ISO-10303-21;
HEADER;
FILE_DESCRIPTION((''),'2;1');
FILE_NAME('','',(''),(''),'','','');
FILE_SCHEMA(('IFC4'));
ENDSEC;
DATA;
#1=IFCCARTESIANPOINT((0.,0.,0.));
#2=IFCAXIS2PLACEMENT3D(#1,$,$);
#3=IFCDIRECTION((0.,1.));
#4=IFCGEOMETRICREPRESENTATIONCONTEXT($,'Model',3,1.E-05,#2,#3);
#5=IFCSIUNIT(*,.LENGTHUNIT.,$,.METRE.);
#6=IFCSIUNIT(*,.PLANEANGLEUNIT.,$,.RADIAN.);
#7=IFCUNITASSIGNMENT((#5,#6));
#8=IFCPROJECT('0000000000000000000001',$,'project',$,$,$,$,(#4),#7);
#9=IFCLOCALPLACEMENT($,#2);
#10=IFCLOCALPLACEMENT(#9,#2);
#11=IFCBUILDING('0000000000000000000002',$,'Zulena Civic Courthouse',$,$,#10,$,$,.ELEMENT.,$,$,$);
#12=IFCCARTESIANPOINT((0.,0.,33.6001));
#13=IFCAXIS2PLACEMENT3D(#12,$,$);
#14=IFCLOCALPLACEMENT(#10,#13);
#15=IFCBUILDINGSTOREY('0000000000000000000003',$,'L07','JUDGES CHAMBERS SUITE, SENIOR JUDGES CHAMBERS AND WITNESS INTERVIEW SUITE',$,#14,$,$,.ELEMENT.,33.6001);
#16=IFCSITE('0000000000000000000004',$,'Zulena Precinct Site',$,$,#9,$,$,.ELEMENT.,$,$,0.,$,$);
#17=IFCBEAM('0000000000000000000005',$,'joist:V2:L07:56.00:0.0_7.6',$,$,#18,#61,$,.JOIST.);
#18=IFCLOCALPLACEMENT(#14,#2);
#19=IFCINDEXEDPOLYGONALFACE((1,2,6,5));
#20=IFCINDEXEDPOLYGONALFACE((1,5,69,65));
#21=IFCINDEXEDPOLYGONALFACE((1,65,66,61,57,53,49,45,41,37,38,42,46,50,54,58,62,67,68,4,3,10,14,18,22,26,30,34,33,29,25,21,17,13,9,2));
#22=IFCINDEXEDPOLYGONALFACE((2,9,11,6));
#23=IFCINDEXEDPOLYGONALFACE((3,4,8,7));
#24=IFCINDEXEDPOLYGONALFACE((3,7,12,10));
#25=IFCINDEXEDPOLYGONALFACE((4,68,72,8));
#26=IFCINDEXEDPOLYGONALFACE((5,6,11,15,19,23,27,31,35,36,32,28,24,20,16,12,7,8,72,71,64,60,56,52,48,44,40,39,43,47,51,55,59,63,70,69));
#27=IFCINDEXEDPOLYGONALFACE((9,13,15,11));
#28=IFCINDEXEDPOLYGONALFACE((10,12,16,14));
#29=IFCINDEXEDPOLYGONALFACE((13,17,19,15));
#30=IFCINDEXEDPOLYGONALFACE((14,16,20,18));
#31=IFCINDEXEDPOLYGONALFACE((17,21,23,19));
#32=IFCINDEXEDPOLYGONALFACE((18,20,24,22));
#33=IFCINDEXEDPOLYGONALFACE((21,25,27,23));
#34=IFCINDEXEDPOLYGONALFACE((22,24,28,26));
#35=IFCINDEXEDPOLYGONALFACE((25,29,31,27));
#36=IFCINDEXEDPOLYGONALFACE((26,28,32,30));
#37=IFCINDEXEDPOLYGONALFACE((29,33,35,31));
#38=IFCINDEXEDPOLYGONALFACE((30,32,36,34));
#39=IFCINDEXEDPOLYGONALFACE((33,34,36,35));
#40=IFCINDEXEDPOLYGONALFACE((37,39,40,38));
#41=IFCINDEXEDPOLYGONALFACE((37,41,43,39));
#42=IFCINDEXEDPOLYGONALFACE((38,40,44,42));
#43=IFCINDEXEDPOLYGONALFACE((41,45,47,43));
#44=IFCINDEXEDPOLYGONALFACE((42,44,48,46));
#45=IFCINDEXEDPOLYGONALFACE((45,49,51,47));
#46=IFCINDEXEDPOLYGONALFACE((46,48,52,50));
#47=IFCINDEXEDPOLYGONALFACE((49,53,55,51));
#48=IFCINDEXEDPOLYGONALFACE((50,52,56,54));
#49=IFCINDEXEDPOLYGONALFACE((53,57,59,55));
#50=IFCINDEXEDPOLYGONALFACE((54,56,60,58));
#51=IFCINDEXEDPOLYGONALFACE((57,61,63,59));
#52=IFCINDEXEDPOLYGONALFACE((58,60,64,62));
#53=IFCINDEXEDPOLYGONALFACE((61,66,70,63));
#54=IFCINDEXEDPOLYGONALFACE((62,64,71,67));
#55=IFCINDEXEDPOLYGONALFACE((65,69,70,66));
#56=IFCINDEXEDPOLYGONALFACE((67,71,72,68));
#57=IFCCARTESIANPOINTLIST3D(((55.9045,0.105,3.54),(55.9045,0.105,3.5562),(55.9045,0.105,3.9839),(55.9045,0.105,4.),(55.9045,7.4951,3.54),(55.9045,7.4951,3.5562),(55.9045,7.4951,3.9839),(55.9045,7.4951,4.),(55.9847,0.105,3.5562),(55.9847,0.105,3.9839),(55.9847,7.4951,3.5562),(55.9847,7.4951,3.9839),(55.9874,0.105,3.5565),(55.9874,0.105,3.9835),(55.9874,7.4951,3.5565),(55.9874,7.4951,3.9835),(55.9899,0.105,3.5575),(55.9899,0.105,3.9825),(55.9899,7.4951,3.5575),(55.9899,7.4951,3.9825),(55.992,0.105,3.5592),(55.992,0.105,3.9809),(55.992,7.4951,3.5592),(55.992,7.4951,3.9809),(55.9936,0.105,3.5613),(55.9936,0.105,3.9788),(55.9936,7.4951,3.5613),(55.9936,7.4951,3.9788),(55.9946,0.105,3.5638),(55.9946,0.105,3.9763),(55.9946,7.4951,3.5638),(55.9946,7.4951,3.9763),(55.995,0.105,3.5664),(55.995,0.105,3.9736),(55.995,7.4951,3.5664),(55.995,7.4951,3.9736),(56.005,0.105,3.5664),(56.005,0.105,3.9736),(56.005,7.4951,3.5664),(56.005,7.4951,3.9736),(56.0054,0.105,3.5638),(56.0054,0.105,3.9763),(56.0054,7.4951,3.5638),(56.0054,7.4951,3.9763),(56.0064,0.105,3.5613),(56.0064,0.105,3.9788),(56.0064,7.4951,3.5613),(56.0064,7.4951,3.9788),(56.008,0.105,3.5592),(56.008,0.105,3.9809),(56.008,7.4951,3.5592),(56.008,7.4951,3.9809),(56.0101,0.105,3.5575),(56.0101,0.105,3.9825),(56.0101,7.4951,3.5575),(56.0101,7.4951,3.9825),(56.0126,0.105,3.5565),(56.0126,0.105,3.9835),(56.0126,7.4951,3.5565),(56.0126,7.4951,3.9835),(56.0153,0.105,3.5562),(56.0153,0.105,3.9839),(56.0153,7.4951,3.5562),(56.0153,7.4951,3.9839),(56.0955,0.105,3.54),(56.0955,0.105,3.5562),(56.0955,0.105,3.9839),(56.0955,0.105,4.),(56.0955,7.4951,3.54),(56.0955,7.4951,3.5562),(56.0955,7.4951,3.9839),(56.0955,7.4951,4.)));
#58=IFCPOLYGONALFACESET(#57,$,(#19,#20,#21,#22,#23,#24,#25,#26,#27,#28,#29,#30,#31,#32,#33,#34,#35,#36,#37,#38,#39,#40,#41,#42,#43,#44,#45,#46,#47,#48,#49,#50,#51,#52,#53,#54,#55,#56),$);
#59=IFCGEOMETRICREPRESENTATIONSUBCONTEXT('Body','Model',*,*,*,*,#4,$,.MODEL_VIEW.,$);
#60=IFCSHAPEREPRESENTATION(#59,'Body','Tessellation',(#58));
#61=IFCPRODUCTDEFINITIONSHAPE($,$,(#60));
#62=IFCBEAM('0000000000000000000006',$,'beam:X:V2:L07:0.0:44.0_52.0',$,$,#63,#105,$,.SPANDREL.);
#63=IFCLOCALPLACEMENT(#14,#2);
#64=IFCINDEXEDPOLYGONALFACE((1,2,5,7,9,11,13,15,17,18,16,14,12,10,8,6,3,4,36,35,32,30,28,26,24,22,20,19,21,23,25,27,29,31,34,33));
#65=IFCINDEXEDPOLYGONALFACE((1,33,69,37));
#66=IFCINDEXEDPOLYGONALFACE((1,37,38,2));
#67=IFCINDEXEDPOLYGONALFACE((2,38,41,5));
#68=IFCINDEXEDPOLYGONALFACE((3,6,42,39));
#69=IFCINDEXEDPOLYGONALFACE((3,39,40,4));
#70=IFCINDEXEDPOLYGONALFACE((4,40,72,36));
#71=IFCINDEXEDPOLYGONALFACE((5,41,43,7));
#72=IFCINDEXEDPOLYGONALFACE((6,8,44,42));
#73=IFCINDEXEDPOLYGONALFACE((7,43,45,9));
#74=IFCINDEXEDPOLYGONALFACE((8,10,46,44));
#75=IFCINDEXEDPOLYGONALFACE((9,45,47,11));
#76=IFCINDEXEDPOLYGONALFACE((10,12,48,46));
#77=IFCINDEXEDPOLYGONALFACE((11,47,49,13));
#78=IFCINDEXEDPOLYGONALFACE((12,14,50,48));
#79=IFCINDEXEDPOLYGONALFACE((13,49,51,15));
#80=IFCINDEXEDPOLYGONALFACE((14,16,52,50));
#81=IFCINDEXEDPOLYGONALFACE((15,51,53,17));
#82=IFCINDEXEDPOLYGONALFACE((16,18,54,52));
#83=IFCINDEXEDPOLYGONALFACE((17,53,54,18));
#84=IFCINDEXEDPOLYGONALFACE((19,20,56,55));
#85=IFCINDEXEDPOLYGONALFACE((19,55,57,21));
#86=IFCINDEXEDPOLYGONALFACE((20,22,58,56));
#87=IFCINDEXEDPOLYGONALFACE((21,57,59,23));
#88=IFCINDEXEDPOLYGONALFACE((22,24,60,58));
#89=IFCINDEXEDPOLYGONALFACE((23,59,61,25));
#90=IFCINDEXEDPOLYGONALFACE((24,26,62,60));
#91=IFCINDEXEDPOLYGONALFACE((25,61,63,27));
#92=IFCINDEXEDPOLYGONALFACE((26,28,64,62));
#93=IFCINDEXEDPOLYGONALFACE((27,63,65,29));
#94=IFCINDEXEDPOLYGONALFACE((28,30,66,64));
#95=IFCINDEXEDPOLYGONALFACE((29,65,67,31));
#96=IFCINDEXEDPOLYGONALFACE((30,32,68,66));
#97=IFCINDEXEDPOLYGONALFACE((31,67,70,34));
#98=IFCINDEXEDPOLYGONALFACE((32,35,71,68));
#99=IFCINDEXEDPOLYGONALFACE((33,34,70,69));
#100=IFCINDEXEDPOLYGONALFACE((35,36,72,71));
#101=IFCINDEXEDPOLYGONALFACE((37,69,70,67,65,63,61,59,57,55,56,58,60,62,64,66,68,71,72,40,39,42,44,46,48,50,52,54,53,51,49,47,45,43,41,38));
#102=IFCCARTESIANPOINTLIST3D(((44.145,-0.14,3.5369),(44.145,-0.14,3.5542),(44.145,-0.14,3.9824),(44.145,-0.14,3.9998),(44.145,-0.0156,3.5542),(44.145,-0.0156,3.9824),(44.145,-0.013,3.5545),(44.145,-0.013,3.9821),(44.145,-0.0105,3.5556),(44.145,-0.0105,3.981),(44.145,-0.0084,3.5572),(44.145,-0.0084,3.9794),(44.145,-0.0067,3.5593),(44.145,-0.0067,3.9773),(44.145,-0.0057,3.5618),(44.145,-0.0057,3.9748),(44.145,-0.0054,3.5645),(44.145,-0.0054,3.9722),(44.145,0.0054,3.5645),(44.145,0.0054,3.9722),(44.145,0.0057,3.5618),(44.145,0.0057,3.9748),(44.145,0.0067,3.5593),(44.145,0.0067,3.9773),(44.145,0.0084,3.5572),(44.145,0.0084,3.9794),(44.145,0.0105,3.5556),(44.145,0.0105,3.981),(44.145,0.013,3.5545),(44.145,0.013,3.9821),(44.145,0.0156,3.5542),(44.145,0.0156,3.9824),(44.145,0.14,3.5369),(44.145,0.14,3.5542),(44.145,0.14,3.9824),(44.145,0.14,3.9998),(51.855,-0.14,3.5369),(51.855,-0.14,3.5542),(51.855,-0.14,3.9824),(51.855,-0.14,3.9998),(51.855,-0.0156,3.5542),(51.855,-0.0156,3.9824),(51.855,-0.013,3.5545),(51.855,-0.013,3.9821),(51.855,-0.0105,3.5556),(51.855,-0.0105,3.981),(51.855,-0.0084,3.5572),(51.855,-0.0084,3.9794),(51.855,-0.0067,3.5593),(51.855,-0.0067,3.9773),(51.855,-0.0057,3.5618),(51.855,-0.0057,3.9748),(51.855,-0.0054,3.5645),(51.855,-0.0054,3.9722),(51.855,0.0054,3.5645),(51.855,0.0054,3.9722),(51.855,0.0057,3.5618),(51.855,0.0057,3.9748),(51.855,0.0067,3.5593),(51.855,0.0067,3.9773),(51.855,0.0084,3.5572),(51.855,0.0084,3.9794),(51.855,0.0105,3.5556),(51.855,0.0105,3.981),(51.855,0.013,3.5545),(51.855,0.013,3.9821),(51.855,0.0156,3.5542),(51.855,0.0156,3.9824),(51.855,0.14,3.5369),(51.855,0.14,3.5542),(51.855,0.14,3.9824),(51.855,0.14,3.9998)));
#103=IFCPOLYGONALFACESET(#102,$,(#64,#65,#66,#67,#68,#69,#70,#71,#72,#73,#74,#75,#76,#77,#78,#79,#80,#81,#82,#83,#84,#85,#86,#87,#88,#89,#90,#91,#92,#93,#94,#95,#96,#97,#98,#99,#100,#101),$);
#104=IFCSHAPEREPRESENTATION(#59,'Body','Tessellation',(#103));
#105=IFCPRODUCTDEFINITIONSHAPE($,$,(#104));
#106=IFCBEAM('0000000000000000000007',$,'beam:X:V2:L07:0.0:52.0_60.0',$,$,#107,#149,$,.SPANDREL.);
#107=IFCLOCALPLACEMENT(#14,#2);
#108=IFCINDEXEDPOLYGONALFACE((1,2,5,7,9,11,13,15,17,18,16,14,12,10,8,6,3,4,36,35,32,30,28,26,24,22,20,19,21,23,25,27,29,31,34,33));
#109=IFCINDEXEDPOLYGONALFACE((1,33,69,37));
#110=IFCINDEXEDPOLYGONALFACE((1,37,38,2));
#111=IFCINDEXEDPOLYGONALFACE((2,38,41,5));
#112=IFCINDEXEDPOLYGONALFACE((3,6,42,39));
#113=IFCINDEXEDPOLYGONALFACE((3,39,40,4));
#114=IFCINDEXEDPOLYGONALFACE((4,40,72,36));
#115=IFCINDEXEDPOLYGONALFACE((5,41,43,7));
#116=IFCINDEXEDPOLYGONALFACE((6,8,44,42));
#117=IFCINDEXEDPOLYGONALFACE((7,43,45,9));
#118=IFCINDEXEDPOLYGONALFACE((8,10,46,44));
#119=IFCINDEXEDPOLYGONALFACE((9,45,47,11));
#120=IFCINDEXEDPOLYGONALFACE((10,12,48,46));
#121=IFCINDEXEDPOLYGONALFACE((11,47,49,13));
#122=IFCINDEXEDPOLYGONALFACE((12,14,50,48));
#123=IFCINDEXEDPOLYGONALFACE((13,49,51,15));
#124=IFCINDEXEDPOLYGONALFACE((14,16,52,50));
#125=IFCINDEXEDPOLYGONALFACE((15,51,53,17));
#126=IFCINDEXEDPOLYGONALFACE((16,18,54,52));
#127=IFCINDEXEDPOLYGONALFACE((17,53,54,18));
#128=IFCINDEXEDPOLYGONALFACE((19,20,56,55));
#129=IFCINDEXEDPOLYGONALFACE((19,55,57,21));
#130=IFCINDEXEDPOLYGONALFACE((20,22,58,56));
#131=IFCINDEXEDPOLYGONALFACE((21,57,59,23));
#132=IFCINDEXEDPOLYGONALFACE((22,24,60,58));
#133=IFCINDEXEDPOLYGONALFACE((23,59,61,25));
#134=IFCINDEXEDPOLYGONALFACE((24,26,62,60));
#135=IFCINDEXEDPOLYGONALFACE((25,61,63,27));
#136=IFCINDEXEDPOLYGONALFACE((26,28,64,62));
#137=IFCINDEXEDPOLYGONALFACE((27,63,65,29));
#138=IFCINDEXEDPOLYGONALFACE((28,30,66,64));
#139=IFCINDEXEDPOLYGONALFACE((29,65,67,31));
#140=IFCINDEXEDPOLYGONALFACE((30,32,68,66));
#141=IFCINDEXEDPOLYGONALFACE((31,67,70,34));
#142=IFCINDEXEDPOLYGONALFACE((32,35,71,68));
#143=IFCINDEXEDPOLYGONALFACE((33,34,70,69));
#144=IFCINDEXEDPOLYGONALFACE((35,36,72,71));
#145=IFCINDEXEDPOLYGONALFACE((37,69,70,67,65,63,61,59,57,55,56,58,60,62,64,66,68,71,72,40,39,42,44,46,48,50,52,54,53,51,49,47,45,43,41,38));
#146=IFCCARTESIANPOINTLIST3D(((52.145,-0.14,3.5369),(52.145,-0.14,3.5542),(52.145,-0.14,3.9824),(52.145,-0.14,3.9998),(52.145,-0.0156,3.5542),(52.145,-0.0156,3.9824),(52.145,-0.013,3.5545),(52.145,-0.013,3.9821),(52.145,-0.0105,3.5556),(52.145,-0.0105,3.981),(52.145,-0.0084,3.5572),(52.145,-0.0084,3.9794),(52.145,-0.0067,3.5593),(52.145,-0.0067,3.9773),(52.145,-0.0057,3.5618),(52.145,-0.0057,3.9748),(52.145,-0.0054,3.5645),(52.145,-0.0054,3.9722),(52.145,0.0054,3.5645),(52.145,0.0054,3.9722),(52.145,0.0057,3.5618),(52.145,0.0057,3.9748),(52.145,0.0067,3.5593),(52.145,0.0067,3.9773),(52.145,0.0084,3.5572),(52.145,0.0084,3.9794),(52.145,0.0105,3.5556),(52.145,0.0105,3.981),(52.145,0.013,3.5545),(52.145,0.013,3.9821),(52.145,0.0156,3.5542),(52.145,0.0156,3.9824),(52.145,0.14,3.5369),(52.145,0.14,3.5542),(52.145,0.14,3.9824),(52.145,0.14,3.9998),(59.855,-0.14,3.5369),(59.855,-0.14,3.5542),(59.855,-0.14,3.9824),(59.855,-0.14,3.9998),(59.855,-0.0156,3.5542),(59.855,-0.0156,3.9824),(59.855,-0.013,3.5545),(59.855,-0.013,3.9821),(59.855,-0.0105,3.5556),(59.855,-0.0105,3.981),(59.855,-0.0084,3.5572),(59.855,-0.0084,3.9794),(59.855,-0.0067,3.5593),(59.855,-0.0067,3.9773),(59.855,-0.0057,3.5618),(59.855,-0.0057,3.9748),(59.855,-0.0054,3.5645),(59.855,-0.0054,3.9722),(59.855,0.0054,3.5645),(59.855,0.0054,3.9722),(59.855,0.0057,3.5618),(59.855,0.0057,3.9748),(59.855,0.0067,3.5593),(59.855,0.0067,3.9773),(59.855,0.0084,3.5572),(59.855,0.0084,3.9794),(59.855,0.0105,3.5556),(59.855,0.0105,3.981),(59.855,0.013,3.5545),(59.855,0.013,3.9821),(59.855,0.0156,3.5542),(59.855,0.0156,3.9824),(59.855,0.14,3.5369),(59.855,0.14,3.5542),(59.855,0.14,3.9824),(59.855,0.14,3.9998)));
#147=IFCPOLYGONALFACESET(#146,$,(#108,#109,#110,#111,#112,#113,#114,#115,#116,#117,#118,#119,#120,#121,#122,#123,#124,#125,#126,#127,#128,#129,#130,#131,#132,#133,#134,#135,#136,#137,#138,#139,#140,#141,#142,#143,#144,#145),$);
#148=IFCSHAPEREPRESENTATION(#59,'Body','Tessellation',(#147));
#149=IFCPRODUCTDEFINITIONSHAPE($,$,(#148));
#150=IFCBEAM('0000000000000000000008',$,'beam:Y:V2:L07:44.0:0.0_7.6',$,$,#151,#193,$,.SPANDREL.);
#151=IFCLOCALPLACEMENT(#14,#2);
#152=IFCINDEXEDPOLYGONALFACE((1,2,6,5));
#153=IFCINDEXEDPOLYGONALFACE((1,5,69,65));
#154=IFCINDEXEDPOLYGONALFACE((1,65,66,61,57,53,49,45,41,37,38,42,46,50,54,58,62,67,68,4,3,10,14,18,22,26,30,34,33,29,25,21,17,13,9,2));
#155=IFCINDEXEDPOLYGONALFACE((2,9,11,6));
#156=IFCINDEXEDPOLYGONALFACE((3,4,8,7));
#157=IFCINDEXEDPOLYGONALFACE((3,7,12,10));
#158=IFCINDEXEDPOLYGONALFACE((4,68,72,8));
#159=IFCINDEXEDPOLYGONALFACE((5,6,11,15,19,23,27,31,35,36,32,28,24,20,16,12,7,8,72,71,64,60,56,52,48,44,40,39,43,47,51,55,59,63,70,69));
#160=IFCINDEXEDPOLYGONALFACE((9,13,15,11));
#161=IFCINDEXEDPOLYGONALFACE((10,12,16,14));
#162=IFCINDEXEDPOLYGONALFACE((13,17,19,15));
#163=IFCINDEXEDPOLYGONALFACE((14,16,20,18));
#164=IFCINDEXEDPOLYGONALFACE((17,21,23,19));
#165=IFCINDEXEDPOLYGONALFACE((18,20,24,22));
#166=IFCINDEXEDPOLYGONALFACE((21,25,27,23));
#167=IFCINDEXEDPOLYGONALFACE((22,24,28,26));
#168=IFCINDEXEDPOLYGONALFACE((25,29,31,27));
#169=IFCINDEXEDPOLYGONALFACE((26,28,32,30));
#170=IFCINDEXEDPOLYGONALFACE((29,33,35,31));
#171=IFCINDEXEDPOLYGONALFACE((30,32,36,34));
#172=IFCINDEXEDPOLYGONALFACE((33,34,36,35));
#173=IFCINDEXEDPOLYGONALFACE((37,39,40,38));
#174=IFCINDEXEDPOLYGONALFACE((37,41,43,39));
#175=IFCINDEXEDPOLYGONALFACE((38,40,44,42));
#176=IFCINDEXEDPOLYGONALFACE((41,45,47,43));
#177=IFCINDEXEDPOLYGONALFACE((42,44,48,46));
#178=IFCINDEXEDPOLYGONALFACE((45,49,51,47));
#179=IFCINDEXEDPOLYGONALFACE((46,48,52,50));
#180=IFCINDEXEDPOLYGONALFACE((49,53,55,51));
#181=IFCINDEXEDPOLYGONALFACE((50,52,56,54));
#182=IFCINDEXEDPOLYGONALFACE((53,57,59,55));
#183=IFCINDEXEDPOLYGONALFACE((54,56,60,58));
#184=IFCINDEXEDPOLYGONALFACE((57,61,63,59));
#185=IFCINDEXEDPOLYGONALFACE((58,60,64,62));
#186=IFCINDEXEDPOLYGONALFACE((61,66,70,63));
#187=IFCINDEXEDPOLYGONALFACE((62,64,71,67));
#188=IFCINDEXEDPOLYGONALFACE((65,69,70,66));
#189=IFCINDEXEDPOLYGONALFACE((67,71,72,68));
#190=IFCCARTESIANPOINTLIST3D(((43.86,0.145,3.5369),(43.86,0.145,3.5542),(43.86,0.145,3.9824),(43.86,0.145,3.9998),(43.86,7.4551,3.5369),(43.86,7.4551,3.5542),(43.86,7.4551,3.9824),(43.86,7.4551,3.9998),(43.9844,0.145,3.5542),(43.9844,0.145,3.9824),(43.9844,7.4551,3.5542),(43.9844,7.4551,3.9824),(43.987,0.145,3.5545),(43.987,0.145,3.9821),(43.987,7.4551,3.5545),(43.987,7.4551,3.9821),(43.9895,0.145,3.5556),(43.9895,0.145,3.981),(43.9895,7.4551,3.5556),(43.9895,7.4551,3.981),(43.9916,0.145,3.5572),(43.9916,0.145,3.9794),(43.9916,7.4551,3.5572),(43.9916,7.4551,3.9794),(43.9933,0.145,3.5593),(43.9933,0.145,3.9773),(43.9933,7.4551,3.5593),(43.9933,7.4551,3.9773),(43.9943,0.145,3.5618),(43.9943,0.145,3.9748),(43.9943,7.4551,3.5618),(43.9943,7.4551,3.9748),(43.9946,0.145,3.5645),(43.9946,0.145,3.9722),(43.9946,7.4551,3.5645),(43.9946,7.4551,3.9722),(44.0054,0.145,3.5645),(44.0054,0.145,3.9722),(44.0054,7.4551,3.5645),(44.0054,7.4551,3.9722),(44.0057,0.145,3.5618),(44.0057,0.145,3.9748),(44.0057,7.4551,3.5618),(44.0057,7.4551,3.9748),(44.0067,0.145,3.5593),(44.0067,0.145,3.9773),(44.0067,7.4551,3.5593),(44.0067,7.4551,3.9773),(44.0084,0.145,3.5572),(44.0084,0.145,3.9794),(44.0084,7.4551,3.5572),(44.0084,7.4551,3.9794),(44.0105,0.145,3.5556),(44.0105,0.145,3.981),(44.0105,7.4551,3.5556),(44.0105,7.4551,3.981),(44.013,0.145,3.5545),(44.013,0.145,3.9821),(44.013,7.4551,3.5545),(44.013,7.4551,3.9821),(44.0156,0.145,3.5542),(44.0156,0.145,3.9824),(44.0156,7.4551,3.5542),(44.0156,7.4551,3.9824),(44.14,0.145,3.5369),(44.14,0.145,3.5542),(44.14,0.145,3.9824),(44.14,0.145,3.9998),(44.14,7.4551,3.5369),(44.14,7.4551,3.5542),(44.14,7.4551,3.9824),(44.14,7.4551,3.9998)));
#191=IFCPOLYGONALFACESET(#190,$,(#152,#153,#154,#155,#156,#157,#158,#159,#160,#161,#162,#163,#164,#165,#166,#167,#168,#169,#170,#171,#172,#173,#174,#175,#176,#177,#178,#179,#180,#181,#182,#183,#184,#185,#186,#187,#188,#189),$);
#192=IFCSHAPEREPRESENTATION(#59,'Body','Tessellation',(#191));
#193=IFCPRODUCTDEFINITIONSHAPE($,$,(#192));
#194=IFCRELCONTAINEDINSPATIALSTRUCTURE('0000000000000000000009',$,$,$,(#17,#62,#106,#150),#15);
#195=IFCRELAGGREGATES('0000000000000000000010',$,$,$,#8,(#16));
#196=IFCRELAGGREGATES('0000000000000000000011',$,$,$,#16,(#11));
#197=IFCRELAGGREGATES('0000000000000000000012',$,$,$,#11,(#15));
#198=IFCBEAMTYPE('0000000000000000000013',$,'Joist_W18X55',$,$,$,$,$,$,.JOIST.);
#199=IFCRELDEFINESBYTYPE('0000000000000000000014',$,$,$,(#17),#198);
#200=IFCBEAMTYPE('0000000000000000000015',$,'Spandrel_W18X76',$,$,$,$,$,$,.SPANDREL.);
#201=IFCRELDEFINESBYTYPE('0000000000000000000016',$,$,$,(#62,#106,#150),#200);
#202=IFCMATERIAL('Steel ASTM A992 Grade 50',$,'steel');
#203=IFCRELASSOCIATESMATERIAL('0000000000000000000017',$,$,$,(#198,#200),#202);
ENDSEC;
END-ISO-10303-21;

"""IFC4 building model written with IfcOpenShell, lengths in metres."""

from ifc_helpers import new_model, si_unit, direction, frame, origin, origin_2d, place, context, subcontext, project, spatial, i_section, extrude, material, material_profile, profile_set, type_object, element, save


model = new_model("IFC4")

# Units and contexts
model_context = context("Model", 3, precision=1e-05, world=origin(), true_north=direction((0.0, 1.0)))
body_context = subcontext(model_context, "Body", "Model", "MODEL_VIEW")
ifc_project = project(units=[si_unit("LENGTHUNIT", "METRE"), si_unit("PLANEANGLEUNIT", "RADIAN")], contexts=[model_context])

# Site, building, storey
site_placement = place(None, origin())
site = spatial("IfcSite", under=ifc_project, at=site_placement, Name="Zulena Precinct Site", CompositionType="ELEMENT", RefElevation=0.0)
building_placement = place(site_placement, origin())
building = spatial("IfcBuilding", under=site, at=building_placement, Name="Zulena Civic Courthouse", CompositionType="ELEMENT")
storey_placement = place(building_placement, frame((0.0, 0.0, 33.6001)))
storey = spatial("IfcBuildingStorey", under=building, at=storey_placement, Name="L07", Description="JUDGES CHAMBERS SUITE, SENIOR JUDGES CHAMBERS AND WITNESS INTERVIEW SUITE", CompositionType="ELEMENT", Elevation=33.6001)

# Shared definitions
ifc_material_1 = material(Name="Steel ASTM A992 Grade 50", Category="steel")

# Beams
ifc_material_profile_1 = material_profile(ifc_material_1, i_section(OverallWidth=0.1909, OverallDepth=0.46, WebThickness=0.01, FlangeThickness=0.0161, FilletRadius=0.0103, at=origin_2d()), Name="W18X55")
ifc_profile_set_1 = profile_set([ifc_material_profile_1], Name="Steel ASTM A992 Grade 50")
beam_type_1 = type_object("IfcBeamType", Name="Joist_W18X55", PredefinedType="JOIST", material=ifc_profile_set_1)
for number, where, z_axis, x_axis, name in (
    (1, (56.0, 0.105, 3.77), (0.0, 1.0, 0.0), (-1.0, 0.0, 0.0), "joist:V2:L07:56.00:0.0_7.6"),
):
    element("IfcBeam", number, at=place(storey_placement, frame(where, z_axis=z_axis, x_axis=x_axis)), inside=storey, type_object=beam_type_1, Name=name, PredefinedType="JOIST", context=body_context, shape_type="SweptSolid", body=[
        extrude(i_section(OverallWidth=0.1909, OverallDepth=0.46, WebThickness=0.01, FlangeThickness=0.0161, FilletRadius=0.0103, at=origin_2d()), origin(), (0.0, 0.0, 1.0), 7.3901),
    ])
ifc_material_profile_2 = material_profile(ifc_material_1, i_section(OverallWidth=0.28, OverallDepth=0.4629, WebThickness=0.0107, FlangeThickness=0.0173, FilletRadius=0.0103, at=origin_2d()), Name="W18X76")
ifc_profile_set_2 = profile_set([ifc_material_profile_2], Name="Steel ASTM A992 Grade 50")
beam_type_2 = type_object("IfcBeamType", Name="Spandrel_W18X76", PredefinedType="SPANDREL", material=ifc_profile_set_2)
for number, where, z_axis, x_axis, name in (
    (2, (44.145, 0.0, 3.7683), (1.0, 0.0, 0.0), (0.0, 1.0, 0.0), "beam:X:V2:L07:0.0:44.0_52.0"),
    (3, (52.145, 0.0, 3.7683), (1.0, 0.0, 0.0), (0.0, 1.0, 0.0), "beam:X:V2:L07:0.0:52.0_60.0"),
):
    element("IfcBeam", number, at=place(storey_placement, frame(where, z_axis=z_axis, x_axis=x_axis)), inside=storey, type_object=beam_type_2, Name=name, PredefinedType="SPANDREL", context=body_context, shape_type="SweptSolid", body=[
        extrude(i_section(OverallWidth=0.28, OverallDepth=0.4629, WebThickness=0.0107, FlangeThickness=0.0173, FilletRadius=0.0103, at=origin_2d()), origin(), (0.0, 0.0, 1.0), 7.71),
    ])
for number, where, z_axis, x_axis, name in (
    (4, (44.0, 0.145, 3.7683), (0.0, 1.0, 0.0), (-1.0, 0.0, 0.0), "beam:Y:V2:L07:44.0:0.0_7.6"),
):
    element("IfcBeam", number, at=place(storey_placement, frame(where, z_axis=z_axis, x_axis=x_axis)), inside=storey, type_object=beam_type_2, Name=name, PredefinedType="SPANDREL", context=body_context, shape_type="SweptSolid", body=[
        extrude(i_section(OverallWidth=0.28, OverallDepth=0.4629, WebThickness=0.0107, FlangeThickness=0.0173, FilletRadius=0.0103, at=origin_2d()), origin(), (0.0, 0.0, 1.0), 7.3101),
    ])

save(model, "model.ifc")
